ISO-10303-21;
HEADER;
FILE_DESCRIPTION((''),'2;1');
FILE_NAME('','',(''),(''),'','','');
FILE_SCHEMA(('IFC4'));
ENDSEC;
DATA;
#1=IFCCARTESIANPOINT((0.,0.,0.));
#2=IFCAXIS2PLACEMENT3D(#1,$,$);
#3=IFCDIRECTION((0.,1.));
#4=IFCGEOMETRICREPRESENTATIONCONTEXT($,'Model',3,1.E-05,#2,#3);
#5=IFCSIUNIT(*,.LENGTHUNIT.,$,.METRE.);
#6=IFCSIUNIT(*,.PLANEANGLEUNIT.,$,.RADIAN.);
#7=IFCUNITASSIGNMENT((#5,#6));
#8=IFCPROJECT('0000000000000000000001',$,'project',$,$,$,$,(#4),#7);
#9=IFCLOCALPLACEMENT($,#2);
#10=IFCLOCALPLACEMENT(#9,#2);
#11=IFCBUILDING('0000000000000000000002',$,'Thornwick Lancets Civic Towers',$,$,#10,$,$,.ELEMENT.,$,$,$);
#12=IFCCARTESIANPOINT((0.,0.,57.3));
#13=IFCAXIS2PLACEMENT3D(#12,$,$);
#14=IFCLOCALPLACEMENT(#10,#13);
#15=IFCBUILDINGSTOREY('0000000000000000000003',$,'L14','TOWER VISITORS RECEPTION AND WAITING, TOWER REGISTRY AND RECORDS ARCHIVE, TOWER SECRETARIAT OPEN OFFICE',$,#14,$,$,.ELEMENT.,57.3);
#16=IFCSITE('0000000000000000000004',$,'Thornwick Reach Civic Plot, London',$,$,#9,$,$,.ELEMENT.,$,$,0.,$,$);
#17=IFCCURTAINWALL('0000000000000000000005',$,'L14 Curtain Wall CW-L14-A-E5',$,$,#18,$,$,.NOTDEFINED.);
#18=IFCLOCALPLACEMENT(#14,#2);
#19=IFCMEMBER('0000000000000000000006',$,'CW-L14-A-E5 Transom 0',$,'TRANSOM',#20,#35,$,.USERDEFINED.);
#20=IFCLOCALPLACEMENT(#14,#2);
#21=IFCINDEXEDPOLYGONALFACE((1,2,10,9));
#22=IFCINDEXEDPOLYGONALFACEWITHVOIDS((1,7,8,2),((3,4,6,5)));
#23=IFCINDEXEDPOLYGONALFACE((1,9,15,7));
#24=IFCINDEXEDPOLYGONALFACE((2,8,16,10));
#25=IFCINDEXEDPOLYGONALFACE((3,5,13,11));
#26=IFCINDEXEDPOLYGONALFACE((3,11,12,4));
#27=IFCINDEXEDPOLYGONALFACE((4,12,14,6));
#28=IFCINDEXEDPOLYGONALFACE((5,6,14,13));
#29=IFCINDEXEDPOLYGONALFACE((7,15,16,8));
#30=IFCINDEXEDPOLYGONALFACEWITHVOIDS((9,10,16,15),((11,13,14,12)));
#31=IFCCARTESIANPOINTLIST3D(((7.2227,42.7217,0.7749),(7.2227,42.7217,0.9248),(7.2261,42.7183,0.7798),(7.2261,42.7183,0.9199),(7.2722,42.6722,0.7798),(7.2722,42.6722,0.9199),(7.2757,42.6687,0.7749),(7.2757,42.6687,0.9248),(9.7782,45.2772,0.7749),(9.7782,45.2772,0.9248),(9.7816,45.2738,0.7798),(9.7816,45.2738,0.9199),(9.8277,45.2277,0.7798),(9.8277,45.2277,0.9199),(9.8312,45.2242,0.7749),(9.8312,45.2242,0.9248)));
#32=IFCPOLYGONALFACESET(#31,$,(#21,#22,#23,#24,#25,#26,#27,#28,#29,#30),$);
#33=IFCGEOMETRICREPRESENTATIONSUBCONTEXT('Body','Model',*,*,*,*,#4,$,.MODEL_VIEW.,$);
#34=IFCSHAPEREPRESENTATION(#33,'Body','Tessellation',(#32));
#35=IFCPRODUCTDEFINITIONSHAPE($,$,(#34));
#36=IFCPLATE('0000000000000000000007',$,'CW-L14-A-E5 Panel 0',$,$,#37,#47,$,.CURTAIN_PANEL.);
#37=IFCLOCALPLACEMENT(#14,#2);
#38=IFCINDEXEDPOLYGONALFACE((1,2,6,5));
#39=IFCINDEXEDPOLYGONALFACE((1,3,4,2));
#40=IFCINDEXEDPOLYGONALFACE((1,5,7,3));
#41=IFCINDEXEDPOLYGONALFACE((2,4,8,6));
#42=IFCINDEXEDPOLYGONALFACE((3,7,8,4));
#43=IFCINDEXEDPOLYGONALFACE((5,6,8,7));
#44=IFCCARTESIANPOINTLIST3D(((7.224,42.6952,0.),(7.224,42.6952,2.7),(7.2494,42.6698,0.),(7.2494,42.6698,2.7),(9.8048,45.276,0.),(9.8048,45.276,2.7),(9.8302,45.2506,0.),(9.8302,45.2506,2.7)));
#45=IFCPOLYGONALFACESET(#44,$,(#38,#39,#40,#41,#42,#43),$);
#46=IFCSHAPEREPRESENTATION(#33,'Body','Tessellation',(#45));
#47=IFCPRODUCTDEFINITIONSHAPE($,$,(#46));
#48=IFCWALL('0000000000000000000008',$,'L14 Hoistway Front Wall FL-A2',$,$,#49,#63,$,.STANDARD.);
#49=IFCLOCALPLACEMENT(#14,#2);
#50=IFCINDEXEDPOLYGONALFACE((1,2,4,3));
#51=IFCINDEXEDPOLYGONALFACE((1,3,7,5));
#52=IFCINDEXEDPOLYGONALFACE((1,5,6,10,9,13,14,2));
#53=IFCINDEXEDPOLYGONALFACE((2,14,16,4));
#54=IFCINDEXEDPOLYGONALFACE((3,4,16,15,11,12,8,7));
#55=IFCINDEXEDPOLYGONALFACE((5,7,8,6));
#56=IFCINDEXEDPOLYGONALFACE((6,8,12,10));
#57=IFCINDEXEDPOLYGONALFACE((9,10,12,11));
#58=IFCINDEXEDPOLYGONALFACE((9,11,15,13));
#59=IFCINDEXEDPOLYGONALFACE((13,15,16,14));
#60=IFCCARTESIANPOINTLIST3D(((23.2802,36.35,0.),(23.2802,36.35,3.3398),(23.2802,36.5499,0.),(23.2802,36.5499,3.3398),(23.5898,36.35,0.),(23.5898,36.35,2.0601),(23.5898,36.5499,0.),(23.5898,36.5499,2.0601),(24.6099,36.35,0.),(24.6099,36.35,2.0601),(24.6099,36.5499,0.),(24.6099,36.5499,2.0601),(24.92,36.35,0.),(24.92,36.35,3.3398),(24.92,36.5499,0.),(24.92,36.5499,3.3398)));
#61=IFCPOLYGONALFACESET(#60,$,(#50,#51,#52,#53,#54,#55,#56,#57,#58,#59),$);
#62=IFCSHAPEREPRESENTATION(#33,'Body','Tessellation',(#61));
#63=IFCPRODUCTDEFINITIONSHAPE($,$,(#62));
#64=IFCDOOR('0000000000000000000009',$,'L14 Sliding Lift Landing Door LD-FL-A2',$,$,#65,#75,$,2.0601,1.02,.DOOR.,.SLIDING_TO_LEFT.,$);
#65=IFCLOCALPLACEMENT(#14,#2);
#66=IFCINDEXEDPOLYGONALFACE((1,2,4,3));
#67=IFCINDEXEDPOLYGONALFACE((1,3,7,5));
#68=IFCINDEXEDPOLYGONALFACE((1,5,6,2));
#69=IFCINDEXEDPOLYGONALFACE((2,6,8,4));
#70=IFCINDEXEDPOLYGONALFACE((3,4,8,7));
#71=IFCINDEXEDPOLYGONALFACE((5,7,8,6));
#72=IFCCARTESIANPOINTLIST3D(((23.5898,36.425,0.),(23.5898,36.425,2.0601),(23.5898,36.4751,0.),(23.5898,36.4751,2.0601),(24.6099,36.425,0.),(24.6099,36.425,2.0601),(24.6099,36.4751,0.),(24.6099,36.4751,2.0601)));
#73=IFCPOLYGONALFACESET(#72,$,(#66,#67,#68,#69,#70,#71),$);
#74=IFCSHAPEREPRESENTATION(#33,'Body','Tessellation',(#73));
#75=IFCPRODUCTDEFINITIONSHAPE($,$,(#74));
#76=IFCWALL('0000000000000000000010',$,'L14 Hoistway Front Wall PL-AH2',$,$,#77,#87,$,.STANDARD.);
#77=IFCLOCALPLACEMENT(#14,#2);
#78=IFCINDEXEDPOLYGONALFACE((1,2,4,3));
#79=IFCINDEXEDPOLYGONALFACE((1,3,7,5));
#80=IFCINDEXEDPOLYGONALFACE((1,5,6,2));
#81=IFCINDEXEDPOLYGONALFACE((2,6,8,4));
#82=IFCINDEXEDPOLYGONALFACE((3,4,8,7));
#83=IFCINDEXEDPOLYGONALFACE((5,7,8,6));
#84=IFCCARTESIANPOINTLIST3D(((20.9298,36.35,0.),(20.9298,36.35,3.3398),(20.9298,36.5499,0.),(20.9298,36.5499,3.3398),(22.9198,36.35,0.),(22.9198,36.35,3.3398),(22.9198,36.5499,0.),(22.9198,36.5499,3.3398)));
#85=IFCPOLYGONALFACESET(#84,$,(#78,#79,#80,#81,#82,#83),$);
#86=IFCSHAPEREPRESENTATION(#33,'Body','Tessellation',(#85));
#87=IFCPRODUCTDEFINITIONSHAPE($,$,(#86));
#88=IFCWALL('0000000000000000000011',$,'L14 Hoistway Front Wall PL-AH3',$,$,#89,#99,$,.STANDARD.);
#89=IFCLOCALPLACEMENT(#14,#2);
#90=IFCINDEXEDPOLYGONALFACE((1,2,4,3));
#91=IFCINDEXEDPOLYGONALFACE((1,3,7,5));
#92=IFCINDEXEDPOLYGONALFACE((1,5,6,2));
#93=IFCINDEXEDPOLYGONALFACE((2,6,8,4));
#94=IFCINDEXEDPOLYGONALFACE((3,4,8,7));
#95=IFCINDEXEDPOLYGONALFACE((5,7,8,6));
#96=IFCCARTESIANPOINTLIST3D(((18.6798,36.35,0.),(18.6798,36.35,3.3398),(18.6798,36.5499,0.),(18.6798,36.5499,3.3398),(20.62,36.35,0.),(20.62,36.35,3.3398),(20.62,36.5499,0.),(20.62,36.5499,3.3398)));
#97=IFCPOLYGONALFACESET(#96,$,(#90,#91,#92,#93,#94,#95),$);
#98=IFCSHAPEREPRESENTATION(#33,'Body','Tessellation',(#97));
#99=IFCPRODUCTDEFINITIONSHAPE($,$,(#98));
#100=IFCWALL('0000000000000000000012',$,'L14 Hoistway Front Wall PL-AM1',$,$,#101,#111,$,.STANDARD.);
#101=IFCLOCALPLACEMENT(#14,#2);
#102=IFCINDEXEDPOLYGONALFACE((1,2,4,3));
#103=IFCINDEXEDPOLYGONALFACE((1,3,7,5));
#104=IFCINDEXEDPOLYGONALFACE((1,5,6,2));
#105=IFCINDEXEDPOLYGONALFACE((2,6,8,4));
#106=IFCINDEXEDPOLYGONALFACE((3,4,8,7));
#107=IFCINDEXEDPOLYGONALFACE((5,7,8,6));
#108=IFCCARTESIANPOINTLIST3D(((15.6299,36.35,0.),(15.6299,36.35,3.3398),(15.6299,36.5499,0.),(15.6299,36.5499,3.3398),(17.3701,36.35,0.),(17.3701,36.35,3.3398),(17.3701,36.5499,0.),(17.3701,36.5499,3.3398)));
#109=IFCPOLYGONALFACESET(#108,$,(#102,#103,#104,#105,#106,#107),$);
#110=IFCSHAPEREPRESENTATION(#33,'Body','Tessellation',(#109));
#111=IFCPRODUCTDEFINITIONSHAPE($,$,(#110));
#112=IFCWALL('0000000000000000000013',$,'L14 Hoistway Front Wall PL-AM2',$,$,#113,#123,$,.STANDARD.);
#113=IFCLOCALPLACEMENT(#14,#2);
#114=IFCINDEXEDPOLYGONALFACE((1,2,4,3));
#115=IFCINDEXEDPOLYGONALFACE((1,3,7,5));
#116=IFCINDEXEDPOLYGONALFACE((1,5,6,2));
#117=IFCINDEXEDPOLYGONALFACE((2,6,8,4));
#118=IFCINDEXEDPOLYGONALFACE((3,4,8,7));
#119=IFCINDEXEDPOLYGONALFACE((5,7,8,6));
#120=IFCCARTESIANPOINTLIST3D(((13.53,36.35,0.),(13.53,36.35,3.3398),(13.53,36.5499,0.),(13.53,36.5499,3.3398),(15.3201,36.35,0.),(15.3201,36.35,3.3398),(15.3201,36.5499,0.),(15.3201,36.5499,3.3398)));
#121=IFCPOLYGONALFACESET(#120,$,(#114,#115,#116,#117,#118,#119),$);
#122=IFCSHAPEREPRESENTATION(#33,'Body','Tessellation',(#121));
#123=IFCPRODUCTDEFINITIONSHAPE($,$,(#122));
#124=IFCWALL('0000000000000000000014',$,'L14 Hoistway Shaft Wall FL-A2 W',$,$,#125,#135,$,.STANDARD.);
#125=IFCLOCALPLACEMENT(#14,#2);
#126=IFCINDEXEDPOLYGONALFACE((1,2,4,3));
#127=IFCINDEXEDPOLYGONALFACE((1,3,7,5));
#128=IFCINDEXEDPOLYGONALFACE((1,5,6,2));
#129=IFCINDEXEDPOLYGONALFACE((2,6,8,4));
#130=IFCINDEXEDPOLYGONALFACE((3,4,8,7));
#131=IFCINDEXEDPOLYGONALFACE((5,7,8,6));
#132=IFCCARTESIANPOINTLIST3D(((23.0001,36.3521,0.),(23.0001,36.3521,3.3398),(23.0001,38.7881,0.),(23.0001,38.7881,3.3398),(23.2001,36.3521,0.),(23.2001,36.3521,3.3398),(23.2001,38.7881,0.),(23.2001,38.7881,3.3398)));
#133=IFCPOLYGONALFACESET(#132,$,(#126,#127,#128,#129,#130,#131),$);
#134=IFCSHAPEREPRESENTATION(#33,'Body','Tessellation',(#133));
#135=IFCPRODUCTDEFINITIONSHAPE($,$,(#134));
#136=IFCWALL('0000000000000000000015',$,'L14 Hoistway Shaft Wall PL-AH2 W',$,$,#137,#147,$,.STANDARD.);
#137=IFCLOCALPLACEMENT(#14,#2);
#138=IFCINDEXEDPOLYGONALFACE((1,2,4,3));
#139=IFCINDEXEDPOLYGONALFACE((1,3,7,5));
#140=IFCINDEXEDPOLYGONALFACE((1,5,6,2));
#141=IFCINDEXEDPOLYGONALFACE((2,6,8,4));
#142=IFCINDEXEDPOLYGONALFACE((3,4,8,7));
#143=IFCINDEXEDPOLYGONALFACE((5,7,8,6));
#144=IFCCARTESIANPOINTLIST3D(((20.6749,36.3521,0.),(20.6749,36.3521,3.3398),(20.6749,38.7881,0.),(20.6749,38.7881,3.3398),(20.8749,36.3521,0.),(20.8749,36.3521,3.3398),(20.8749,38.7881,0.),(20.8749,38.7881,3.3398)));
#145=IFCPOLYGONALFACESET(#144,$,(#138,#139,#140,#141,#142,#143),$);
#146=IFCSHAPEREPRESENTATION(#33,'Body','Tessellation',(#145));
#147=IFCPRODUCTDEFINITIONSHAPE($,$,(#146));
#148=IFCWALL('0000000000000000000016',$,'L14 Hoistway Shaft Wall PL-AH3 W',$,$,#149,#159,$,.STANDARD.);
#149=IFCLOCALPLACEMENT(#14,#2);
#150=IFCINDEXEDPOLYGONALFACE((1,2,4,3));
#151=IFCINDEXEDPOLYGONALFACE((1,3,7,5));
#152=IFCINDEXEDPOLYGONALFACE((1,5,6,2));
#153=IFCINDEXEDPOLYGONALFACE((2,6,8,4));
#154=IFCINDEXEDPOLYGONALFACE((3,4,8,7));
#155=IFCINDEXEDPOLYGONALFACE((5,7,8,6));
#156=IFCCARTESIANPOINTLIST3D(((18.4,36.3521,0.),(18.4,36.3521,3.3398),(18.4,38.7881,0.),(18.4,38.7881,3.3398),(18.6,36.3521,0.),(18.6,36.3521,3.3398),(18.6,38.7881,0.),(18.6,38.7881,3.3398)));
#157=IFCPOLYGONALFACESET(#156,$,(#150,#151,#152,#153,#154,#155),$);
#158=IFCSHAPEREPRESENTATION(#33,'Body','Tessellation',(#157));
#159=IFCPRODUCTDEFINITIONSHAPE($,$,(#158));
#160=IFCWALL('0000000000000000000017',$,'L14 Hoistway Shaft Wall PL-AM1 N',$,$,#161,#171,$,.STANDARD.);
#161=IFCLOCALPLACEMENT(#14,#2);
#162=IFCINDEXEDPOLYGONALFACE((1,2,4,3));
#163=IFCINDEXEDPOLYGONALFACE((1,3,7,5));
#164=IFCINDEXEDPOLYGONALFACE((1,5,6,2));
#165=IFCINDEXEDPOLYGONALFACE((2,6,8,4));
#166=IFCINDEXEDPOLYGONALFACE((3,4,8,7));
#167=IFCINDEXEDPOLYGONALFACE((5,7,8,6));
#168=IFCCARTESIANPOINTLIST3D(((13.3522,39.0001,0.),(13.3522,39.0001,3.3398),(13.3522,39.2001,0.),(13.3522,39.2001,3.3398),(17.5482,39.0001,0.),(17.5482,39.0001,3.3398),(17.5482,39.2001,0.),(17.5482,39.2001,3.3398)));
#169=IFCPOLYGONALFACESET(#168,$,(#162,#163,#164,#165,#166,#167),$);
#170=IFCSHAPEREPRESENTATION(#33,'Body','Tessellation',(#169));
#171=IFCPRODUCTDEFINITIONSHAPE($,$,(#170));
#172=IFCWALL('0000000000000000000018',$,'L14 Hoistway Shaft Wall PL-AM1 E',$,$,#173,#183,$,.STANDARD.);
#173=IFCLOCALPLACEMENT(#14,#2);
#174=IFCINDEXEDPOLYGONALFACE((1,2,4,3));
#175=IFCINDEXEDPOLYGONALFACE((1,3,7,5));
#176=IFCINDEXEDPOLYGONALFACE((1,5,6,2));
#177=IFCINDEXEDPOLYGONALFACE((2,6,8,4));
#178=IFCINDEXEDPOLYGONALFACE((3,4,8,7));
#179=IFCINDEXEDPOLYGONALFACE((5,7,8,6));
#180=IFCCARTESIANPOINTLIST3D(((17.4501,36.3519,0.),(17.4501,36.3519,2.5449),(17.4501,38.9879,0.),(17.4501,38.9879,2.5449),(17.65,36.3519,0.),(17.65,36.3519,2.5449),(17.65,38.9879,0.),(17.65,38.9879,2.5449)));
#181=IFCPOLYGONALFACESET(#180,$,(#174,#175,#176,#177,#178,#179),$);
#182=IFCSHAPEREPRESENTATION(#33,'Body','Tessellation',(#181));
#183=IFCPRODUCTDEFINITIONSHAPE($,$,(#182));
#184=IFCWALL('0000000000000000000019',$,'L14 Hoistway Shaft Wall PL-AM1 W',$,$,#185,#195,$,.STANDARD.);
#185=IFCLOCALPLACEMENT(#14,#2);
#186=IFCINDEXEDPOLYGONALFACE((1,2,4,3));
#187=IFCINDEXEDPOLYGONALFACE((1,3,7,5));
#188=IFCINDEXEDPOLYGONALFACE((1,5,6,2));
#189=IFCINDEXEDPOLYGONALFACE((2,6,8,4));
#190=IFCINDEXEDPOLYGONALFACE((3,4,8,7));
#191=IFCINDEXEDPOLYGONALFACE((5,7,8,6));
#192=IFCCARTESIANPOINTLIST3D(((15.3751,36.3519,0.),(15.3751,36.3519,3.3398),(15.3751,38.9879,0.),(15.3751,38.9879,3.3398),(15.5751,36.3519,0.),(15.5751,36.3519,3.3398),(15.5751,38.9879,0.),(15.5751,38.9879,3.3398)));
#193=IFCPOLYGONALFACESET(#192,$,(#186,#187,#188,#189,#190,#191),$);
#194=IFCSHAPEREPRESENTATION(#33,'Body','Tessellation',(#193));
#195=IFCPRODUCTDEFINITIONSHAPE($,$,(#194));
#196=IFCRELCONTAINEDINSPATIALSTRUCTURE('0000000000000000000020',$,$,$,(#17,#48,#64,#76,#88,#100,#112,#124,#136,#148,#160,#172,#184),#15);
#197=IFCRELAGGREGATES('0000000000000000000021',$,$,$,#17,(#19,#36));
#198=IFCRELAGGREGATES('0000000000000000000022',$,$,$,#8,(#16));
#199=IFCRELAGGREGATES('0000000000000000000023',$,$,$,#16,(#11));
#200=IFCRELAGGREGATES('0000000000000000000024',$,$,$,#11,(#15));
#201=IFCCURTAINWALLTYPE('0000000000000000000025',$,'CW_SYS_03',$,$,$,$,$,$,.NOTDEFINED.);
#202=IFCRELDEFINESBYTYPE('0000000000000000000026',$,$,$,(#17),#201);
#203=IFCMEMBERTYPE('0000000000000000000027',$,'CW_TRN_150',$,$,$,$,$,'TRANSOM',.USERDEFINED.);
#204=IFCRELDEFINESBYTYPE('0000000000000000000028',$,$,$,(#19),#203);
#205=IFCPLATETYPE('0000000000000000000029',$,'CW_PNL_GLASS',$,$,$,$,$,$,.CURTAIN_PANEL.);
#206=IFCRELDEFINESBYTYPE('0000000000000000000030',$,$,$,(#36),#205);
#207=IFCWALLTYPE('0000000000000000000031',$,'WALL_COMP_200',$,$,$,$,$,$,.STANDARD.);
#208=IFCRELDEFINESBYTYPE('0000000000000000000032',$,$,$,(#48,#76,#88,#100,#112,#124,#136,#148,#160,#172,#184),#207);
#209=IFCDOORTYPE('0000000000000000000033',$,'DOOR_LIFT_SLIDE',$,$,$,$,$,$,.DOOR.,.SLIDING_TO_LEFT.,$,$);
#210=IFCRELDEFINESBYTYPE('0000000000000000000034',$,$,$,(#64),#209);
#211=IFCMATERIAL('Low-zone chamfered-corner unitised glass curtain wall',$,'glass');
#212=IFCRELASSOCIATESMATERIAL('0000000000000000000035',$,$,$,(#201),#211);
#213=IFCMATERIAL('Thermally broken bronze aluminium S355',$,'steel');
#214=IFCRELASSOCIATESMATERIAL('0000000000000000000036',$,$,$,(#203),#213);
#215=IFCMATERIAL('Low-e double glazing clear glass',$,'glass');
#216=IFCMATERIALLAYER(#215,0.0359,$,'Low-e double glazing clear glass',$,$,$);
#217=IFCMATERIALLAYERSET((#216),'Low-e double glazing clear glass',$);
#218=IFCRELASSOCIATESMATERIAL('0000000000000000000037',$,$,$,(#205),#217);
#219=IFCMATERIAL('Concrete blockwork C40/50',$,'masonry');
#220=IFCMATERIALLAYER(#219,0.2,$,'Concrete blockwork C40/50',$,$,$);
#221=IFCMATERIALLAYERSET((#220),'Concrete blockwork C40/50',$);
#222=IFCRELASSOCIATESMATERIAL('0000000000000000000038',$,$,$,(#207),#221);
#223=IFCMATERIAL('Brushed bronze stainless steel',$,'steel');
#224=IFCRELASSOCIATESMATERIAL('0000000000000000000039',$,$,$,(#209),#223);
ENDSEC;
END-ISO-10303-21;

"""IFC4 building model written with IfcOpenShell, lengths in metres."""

from ifc_helpers import new_model, si_unit, direction, frame, frame_2d, origin, origin_2d, place, context, subcontext, project, spatial, rectangle, hollow_rectangle, extrude, material, layer, layer_set, material_profile, profile_set, type_object, element, fill, aggregate, save


model = new_model("IFC4")

# Units and contexts
model_context = context("Model", 3, precision=1e-05, world=origin(), true_north=direction((0.0, 1.0)))
body_context = subcontext(model_context, "Body", "Model", "MODEL_VIEW")
ifc_project = project(units=[si_unit("LENGTHUNIT", "METRE"), si_unit("PLANEANGLEUNIT", "RADIAN")], contexts=[model_context])

# Site, building, storey
site_placement = place(None, origin())
site = spatial("IfcSite", under=ifc_project, at=site_placement, Name="Thornwick Reach Civic Plot, London", CompositionType="ELEMENT", RefElevation=0.0)
building_placement = place(site_placement, origin())
building = spatial("IfcBuilding", under=site, at=building_placement, Name="Thornwick Lancets Civic Towers", CompositionType="ELEMENT")
storey_placement = place(building_placement, frame((0.0, 0.0, 57.3)))
storey = spatial("IfcBuildingStorey", under=building, at=storey_placement, Name="L14", Description="TOWER VISITORS RECEPTION AND WAITING, TOWER REGISTRY AND RECORDS ARCHIVE, TOWER SECRETARIAT OPEN OFFICE", CompositionType="ELEMENT", Elevation=57.3)

# Curtain wall, member, plate
ifc_material_1 = material(Name="Low-zone chamfered-corner unitised glass curtain wall", Category="glass")
curtain_wall_type = type_object("IfcCurtainWallType", Name="CW_SYS_03", PredefinedType="NOTDEFINED", material=ifc_material_1)
curtain_wall_placement = place(storey_placement, origin())
curtain_wall = element("IfcCurtainWall", 1, at=curtain_wall_placement, inside=storey, type_object=curtain_wall_type, Name="L14 Curtain Wall CW-L14-A-E5", PredefinedType="NOTDEFINED")
ifc_material_2 = material(Name="Thermally broken bronze aluminium S355", Category="steel")
ifc_material_profile_1 = material_profile(ifc_material_2, hollow_rectangle(XDim=0.075, YDim=0.1499, WallThickness=0.0049, at=origin_2d()), Name="RHS 150x75x5")
ifc_profile_set_1 = profile_set([ifc_material_profile_1], Name="Thermally broken bronze aluminium S355")
member_type_1 = type_object("IfcMemberType", Name="CW_TRN_150", ElementType="TRANSOM", PredefinedType="USERDEFINED", material=ifc_profile_set_1)
member_1_placement = place(storey_placement, frame((9.8047, 45.2507, 0.8499), z_axis=(-0.707107, -0.707107, 0.0), x_axis=(0.707107, -0.707107, 0.0)))
member_1 = element("IfcMember", 2, at=member_1_placement, type_object=member_type_1, Name="CW-L14-A-E5 Transom 0", ObjectType="TRANSOM", PredefinedType="USERDEFINED", context=body_context, shape_type="SweptSolid", body=[
    extrude(hollow_rectangle(XDim=0.075, YDim=0.1499, WallThickness=0.0049, at=origin_2d()), origin(), (0.0, 0.0, 1.0), 3.614),
])
ifc_material_3 = material(Name="Low-e double glazing clear glass", Category="glass")
ifc_layer_1 = layer(ifc_material_3, 0.0359, Name="Low-e double glazing clear glass")
ifc_layer_set_1 = layer_set([ifc_layer_1], Name="Low-e double glazing clear glass")
plate_type = type_object("IfcPlateType", Name="CW_PNL_GLASS", PredefinedType="CURTAIN_PANEL", material=ifc_layer_set_1)
plate_placement = place(storey_placement, frame((8.5271, 43.9729, 0.0), z_axis=(0.0, 0.0, 1.0), x_axis=(-0.707107, -0.707107, 0.0)))
plate = element("IfcPlate", 3, at=plate_placement, type_object=plate_type, Name="CW-L14-A-E5 Panel 0", PredefinedType="CURTAIN_PANEL", context=body_context, shape_type="SweptSolid", body=[
    extrude(rectangle(XDim=3.6499, YDim=0.0359, at=origin_2d()), origin(), (0.0, 0.0, 1.0), 2.7),
])
aggregate(curtain_wall, [member_1, plate])

# Wall, opening, door
ifc_material_4 = material(Name="Concrete blockwork C40/50", Category="masonry")
ifc_layer_2 = layer(ifc_material_4, 0.2, Name="Concrete blockwork C40/50")
ifc_layer_set_2 = layer_set([ifc_layer_2], Name="Concrete blockwork C40/50")
wall_type_1 = type_object("IfcWallType", Name="WALL_COMP_200", PredefinedType="STANDARD", material=ifc_layer_set_2)
wall_1_placement = place(storey_placement, frame((24.9199, 36.45, 0.0), z_axis=(0.0, 0.0, 1.0), x_axis=(-1.0, 0.0, 0.0)))
wall_1 = element("IfcWall", 4, at=wall_1_placement, inside=storey, type_object=wall_type_1, Name="L14 Hoistway Front Wall FL-A2", PredefinedType="STANDARD", context=body_context, shape_type="SweptSolid", body=[
    extrude(rectangle(XDim=1.6399, YDim=0.2, at=frame_2d((0.8198, 0.0))), origin(), (0.0, 0.0, 1.0), 3.3398),
])
opening_1_placement = place(wall_1_placement, frame((0.3101, 0.0, 0.0)))
opening_1 = element("IfcOpeningElement", 5, at=opening_1_placement, cuts=wall_1, PredefinedType="OPENING", context=body_context, shape_type="SweptSolid", body=[
    extrude(rectangle(XDim=1.02, YDim=2.0601, at=frame_2d((0.51, 1.03))), frame((0.0, 0.1099, 0.0), z_axis=(0.0, -1.0, 0.0), x_axis=(1.0, 0.0, 0.0)), (0.0, 0.0, 1.0), 0.22),
])
ifc_material_5 = material(Name="Brushed bronze stainless steel", Category="steel")
door_type = type_object("IfcDoorType", Name="DOOR_LIFT_SLIDE", OperationType="SLIDING_TO_LEFT", PredefinedType="DOOR", material=ifc_material_5)
door_placement = place(opening_1_placement, origin())
door = element("IfcDoor", 6, at=door_placement, inside=storey, type_object=door_type, Name="L14 Sliding Lift Landing Door LD-FL-A2", OperationType="SLIDING_TO_LEFT", OverallHeight=2.0601, OverallWidth=1.02, PredefinedType="DOOR", context=body_context, shape_type="SweptSolid", body=[
    extrude(rectangle(XDim=1.02, YDim=2.0601, at=frame_2d((0.51, 1.03))), frame((0.0, 0.0249, 0.0), z_axis=(0.0, -1.0, 0.0), x_axis=(1.0, 0.0, 0.0)), (0.0, 0.0, 1.0), 0.05),
])
fill(opening_1, door)

# Walls
wall_2_placement = place(storey_placement, frame((22.9199, 36.45, 0.0), z_axis=(0.0, 0.0, 1.0), x_axis=(-1.0, 0.0, 0.0)))
element("IfcWall", 7, at=wall_2_placement, inside=storey, type_object=wall_type_1, Name="L14 Hoistway Front Wall PL-AH2", PredefinedType="STANDARD", context=body_context, shape_type="SweptSolid", body=[
    extrude(rectangle(XDim=1.99, YDim=0.2, at=frame_2d((0.9951, 0.0))), origin(), (0.0, 0.0, 1.0), 3.3398),
])
wall_3_placement = place(storey_placement, frame((20.6201, 36.45, 0.0), z_axis=(0.0, 0.0, 1.0), x_axis=(-1.0, 0.0, 0.0)))
element("IfcWall", 8, at=wall_3_placement, inside=storey, type_object=wall_type_1, Name="L14 Hoistway Front Wall PL-AH3", PredefinedType="STANDARD", context=body_context, shape_type="SweptSolid", body=[
    extrude(rectangle(XDim=1.9402, YDim=0.2, at=frame_2d((0.9702, 0.0))), origin(), (0.0, 0.0, 1.0), 3.3398),
])
wall_4_placement = place(storey_placement, frame((17.3701, 36.45, 0.0), z_axis=(0.0, 0.0, 1.0), x_axis=(-1.0, 0.0, 0.0)))
element("IfcWall", 9, at=wall_4_placement, inside=storey, type_object=wall_type_1, Name="L14 Hoistway Front Wall PL-AM1", PredefinedType="STANDARD", context=body_context, shape_type="SweptSolid", body=[
    extrude(rectangle(XDim=1.7402, YDim=0.2, at=frame_2d((0.8701, 0.0))), origin(), (0.0, 0.0, 1.0), 3.3398),
])
wall_5_placement = place(storey_placement, frame((15.3201, 36.45, 0.0), z_axis=(0.0, 0.0, 1.0), x_axis=(-1.0, 0.0, 0.0)))
element("IfcWall", 10, at=wall_5_placement, inside=storey, type_object=wall_type_1, Name="L14 Hoistway Front Wall PL-AM2", PredefinedType="STANDARD", context=body_context, shape_type="SweptSolid", body=[
    extrude(rectangle(XDim=1.79, YDim=0.2, at=frame_2d((0.895, 0.0))), origin(), (0.0, 0.0, 1.0), 3.3398),
])
for number, where, z_axis, x_axis, name in (
    (11, (23.1001, 36.3521, 0.0), (0.0, 0.0, 1.0), (0.0, 1.0, 0.0), "L14 Hoistway Shaft Wall FL-A2 W"),
    (12, (20.7749, 36.3521, 0.0), (0.0, 0.0, 1.0), (0.0, 1.0, 0.0), "L14 Hoistway Shaft Wall PL-AH2 W"),
    (13, (18.5, 36.3521, 0.0), (0.0, 0.0, 1.0), (0.0, 1.0, 0.0), "L14 Hoistway Shaft Wall PL-AH3 W"),
):
    element("IfcWall", number, at=place(storey_placement, frame(where, z_axis=z_axis, x_axis=x_axis)), inside=storey, type_object=wall_type_1, Name=name, PredefinedType="STANDARD", context=body_context, shape_type="SweptSolid", body=[
        extrude(rectangle(XDim=2.436, YDim=0.2, at=frame_2d((1.218, 0.0))), origin(), (0.0, 0.0, 1.0), 3.3398),
    ])
wall_6_placement = place(storey_placement, frame((13.3521, 39.1001, 0.0), z_axis=(0.0, 0.0, 1.0), x_axis=(1.0, 0.0, 0.0)))
element("IfcWall", 14, at=wall_6_placement, inside=storey, type_object=wall_type_1, Name="L14 Hoistway Shaft Wall PL-AM1 N", PredefinedType="STANDARD", context=body_context, shape_type="SweptSolid", body=[
    extrude(rectangle(XDim=4.196, YDim=0.2, at=frame_2d((2.0981, 0.0))), origin(), (0.0, 0.0, 1.0), 3.3398),
])
wall_7_placement = place(storey_placement, frame((17.55, 36.3521, 0.0), z_axis=(0.0, 0.0, 1.0), x_axis=(0.0, 1.0, 0.0)))
element("IfcWall", 15, at=wall_7_placement, inside=storey, type_object=wall_type_1, Name="L14 Hoistway Shaft Wall PL-AM1 E", PredefinedType="STANDARD", context=body_context, shape_type="SweptSolid", body=[
    extrude(rectangle(XDim=2.636, YDim=0.2, at=frame_2d((1.3179, 0.0))), origin(), (0.0, 0.0, 1.0), 2.5449),
])
for number, where, z_axis, x_axis, name in (
    (16, (15.4751, 36.3521, 0.0), (0.0, 0.0, 1.0), (0.0, 1.0, 0.0), "L14 Hoistway Shaft Wall PL-AM1 W"),
):
    element("IfcWall", number, at=place(storey_placement, frame(where, z_axis=z_axis, x_axis=x_axis)), inside=storey, type_object=wall_type_1, Name=name, PredefinedType="STANDARD", context=body_context, shape_type="SweptSolid", body=[
        extrude(rectangle(XDim=2.636, YDim=0.2, at=frame_2d((1.3179, 0.0))), origin(), (0.0, 0.0, 1.0), 3.3398),
    ])

save(model, "model.ifc")
